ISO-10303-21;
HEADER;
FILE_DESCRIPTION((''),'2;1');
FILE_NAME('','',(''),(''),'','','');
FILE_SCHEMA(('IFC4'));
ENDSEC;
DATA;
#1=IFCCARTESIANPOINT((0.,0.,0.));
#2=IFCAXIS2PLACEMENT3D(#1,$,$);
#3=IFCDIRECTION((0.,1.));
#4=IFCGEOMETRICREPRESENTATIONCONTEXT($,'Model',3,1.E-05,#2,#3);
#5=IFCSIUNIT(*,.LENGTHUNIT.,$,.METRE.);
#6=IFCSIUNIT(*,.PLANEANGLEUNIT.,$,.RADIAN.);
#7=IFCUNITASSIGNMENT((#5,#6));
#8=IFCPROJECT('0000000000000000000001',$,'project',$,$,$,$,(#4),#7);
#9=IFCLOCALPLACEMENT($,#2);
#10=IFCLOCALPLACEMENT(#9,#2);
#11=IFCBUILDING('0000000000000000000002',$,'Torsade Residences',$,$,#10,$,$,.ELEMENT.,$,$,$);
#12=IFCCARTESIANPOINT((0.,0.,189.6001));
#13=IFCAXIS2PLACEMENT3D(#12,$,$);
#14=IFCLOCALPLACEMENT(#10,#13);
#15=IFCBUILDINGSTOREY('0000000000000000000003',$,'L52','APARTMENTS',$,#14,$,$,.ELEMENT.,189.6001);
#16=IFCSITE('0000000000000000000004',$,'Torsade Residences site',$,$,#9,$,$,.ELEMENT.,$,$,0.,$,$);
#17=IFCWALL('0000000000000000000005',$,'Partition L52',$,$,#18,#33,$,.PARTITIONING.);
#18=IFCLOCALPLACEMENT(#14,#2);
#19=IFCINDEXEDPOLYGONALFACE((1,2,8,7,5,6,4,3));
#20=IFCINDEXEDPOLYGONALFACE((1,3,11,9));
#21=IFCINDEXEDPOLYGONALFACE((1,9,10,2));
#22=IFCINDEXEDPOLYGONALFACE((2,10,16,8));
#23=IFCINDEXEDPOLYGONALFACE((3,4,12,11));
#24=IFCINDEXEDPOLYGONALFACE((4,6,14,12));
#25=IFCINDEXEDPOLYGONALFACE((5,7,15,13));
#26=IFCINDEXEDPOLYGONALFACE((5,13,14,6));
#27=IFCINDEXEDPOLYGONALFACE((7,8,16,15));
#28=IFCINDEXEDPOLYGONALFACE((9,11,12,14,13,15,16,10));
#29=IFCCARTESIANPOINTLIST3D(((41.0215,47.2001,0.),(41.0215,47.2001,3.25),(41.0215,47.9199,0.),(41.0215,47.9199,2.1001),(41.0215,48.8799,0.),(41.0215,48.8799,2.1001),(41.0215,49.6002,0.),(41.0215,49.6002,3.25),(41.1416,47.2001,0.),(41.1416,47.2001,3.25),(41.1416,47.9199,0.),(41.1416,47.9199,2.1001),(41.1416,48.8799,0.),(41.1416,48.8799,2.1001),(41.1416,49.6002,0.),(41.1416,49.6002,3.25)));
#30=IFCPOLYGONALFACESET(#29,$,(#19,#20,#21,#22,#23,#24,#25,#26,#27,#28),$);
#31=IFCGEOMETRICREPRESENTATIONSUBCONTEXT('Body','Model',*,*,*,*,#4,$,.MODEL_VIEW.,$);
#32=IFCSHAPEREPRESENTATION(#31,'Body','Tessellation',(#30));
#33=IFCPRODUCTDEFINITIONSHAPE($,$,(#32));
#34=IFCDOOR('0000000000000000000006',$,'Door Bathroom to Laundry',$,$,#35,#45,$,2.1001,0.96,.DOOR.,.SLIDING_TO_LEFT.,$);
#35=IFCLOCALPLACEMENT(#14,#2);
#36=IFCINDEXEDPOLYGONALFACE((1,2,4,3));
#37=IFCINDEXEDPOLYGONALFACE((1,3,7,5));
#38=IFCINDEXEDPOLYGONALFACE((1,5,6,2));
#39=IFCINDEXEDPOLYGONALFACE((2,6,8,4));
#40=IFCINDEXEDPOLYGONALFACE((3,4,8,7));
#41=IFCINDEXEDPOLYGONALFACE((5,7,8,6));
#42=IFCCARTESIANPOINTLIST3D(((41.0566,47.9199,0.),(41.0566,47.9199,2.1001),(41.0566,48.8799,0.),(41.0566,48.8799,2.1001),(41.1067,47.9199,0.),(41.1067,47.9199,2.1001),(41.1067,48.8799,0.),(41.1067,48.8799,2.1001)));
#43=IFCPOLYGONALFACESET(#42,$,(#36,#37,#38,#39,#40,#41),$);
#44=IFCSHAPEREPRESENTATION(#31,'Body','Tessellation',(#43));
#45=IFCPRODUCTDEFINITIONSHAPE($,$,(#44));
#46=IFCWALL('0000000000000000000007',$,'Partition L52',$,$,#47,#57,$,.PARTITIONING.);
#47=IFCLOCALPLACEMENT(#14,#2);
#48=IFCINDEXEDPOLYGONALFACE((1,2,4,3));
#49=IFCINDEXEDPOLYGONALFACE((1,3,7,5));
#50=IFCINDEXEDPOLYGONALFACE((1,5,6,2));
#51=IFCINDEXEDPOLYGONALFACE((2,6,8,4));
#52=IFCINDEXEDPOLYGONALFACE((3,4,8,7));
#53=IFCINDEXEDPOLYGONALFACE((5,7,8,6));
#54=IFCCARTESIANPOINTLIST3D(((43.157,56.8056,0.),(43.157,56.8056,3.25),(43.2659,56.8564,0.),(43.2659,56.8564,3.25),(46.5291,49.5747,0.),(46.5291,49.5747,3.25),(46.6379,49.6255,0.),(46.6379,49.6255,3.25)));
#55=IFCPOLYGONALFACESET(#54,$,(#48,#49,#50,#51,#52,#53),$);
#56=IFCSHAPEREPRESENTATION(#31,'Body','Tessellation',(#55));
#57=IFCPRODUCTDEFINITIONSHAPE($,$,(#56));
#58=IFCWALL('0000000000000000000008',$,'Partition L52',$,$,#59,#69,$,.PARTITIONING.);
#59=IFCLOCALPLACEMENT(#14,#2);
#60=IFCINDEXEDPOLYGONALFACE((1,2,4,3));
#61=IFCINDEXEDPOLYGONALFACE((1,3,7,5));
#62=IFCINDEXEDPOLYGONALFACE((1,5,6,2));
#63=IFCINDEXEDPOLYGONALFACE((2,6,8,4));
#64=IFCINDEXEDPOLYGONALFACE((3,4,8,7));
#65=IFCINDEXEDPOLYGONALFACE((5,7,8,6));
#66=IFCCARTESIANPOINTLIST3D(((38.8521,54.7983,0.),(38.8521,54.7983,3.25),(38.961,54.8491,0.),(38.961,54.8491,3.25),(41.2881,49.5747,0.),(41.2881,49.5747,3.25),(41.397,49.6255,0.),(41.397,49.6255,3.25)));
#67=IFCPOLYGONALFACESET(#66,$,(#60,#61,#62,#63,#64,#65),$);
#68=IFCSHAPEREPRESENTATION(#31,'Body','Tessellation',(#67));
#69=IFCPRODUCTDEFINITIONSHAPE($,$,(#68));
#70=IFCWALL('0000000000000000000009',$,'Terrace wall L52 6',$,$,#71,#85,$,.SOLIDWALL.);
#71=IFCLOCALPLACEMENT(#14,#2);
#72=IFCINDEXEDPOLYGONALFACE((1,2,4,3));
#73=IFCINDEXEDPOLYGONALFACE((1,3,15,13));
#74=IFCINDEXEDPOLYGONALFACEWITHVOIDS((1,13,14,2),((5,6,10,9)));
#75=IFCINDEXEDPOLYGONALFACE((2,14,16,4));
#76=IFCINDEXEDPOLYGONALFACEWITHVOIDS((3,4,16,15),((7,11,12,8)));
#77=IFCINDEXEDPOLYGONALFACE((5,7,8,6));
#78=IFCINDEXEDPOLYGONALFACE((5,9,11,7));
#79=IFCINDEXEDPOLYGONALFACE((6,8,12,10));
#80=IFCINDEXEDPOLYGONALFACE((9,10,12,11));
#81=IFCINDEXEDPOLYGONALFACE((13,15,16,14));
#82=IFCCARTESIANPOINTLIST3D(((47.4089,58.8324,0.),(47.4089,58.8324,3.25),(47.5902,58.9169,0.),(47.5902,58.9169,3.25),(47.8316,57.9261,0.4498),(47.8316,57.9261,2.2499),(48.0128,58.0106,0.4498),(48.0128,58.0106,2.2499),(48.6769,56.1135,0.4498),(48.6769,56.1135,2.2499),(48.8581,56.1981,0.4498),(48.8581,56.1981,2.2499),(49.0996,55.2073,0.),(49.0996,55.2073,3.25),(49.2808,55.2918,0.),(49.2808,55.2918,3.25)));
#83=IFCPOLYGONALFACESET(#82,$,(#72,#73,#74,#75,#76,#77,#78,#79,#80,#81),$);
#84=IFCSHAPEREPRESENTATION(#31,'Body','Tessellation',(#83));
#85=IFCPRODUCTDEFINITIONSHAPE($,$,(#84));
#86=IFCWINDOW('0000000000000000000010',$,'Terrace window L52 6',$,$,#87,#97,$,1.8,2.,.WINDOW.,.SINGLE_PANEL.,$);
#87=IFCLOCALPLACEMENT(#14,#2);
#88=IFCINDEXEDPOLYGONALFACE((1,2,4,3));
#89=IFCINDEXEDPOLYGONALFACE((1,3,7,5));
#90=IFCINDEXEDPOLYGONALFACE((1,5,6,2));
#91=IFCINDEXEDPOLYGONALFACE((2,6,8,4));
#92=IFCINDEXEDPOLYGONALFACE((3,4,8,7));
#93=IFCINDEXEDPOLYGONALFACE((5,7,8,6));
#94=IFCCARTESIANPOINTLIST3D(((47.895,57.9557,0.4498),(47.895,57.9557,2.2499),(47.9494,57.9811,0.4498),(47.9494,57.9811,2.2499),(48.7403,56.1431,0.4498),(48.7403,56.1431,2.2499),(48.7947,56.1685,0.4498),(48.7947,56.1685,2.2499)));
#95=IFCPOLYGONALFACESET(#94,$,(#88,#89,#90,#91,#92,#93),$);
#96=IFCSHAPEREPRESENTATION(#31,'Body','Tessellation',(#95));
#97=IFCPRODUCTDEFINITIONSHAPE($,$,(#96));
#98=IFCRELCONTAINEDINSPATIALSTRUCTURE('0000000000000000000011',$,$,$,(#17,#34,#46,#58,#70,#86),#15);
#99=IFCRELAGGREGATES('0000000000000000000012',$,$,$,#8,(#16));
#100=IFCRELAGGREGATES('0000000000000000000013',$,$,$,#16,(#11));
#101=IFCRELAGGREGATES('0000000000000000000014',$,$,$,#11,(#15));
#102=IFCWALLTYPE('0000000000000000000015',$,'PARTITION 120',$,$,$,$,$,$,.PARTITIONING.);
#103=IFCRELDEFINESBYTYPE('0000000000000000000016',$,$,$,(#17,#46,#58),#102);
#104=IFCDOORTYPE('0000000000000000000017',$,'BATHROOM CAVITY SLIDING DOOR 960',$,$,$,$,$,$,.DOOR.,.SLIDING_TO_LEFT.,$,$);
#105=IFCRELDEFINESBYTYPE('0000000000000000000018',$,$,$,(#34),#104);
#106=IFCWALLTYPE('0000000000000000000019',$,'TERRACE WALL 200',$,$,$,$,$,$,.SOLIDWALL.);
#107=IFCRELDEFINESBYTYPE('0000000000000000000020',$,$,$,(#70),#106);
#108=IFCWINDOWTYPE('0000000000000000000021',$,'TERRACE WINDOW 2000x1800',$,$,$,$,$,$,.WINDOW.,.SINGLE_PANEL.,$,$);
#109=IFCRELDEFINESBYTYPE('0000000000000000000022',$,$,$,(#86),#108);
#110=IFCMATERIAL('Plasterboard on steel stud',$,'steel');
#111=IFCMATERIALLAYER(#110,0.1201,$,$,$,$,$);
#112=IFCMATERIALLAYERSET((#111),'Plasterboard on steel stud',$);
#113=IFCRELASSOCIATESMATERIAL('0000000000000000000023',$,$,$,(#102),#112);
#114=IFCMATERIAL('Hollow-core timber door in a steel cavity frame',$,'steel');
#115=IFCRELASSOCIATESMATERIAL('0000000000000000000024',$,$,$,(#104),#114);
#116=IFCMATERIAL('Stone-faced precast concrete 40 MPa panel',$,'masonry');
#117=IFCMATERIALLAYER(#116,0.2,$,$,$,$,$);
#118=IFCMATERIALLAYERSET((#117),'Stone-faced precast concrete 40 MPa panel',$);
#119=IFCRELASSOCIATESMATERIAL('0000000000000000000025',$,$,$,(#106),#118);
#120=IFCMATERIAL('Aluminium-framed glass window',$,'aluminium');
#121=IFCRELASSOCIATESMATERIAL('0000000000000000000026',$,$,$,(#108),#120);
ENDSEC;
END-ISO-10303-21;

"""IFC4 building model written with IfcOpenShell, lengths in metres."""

from ifc_helpers import new_model, si_unit, direction, frame, frame_2d, origin, place, context, subcontext, project, spatial, rectangle, extrude, material, layer, layer_set, type_object, element, fill, save


model = new_model("IFC4")

# Units and contexts
model_context = context("Model", 3, precision=1e-05, world=origin(), true_north=direction((0.0, 1.0)))
body_context = subcontext(model_context, "Body", "Model", "MODEL_VIEW")
ifc_project = project(units=[si_unit("LENGTHUNIT", "METRE"), si_unit("PLANEANGLEUNIT", "RADIAN")], contexts=[model_context])

# Site, building, storey
site_placement = place(None, origin())
site = spatial("IfcSite", under=ifc_project, at=site_placement, Name="Torsade Residences site", CompositionType="ELEMENT", RefElevation=0.0)
building_placement = place(site_placement, origin())
building = spatial("IfcBuilding", under=site, at=building_placement, Name="Torsade Residences", CompositionType="ELEMENT")
storey_placement = place(building_placement, frame((0.0, 0.0, 189.6001)))
storey = spatial("IfcBuildingStorey", under=building, at=storey_placement, Name="L52", Description="APARTMENTS", CompositionType="ELEMENT", Elevation=189.6001)

# Wall, opening, door
ifc_material_1 = material(Name="Plasterboard on steel stud", Category="steel")
ifc_layer_1 = layer(ifc_material_1, 0.1201)
ifc_layer_set_1 = layer_set([ifc_layer_1], Name="Plasterboard on steel stud")
wall_type_1 = type_object("IfcWallType", Name="PARTITION 120", PredefinedType="PARTITIONING", material=ifc_layer_set_1)
ifc_material_2 = material(Name="Hollow-core timber door in a steel cavity frame", Category="steel")
door_type = type_object("IfcDoorType", Name="BATHROOM CAVITY SLIDING DOOR 960", OperationType="SLIDING_TO_LEFT", PredefinedType="DOOR", material=ifc_material_2)
wall_1_placement = place(storey_placement, frame((41.0815, 47.2, 0.0), z_axis=(0.0, 0.0, 1.0), x_axis=(0.0, 1.0, 0.0)))
wall_1 = element("IfcWall", 1, at=wall_1_placement, inside=storey, type_object=wall_type_1, Name="Partition L52", PredefinedType="PARTITIONING", context=body_context, shape_type="SweptSolid", body=[
    extrude(rectangle(XDim=2.4001, YDim=0.1201, at=frame_2d((1.2002, 0.0))), origin(), (0.0, 0.0, 1.0), 3.25),
])
opening_1_placement = place(wall_1_placement, frame((0.72, 0.0, 0.0)))
opening_1 = element("IfcOpeningElement", 2, at=opening_1_placement, cuts=wall_1, PredefinedType="OPENING", context=body_context, shape_type="SweptSolid", body=[
    extrude(rectangle(XDim=0.96, YDim=2.1001, at=frame_2d((0.48, 1.05))), frame((0.0, 0.0701, 0.0), z_axis=(0.0, -1.0, 0.0), x_axis=(1.0, 0.0, 0.0)), (0.0, 0.0, 1.0), 0.1401),
])
door_1_placement = place(opening_1_placement, origin())
door_1 = element("IfcDoor", 3, at=door_1_placement, inside=storey, type_object=door_type, Name="Door Bathroom to Laundry", OperationType="SLIDING_TO_LEFT", OverallHeight=2.1001, OverallWidth=0.96, PredefinedType="DOOR", context=body_context, shape_type="SweptSolid", body=[
    extrude(rectangle(XDim=0.96, YDim=2.1001, at=frame_2d((0.48, 1.05))), frame((0.0, 0.0249, 0.0), z_axis=(0.0, -1.0, 0.0), x_axis=(1.0, 0.0, 0.0)), (0.0, 0.0, 1.0), 0.05),
])
fill(opening_1, door_1)

# Walls
wall_2_placement = place(storey_placement, frame((46.5835, 49.6001, 0.0), z_axis=(0.0, 0.0, 1.0), x_axis=(-0.422641, 0.906297, 0.0)))
element("IfcWall", 4, at=wall_2_placement, inside=storey, type_object=wall_type_1, Name="Partition L52", PredefinedType="PARTITIONING", context=body_context, shape_type="SweptSolid", body=[
    extrude(rectangle(XDim=7.9785, YDim=0.1201, at=frame_2d((3.9893, 0.0))), origin(), (0.0, 0.0, 1.0), 3.25),
])
wall_3_placement = place(storey_placement, frame((41.3425, 49.6001, 0.0), z_axis=(0.0, 0.0, 1.0), x_axis=(-0.422649, 0.906293, 0.0)))
element("IfcWall", 5, at=wall_3_placement, inside=storey, type_object=wall_type_1, Name="Partition L52", PredefinedType="PARTITIONING", context=body_context, shape_type="SweptSolid", body=[
    extrude(rectangle(XDim=5.7637, YDim=0.1201, at=frame_2d((2.8818, 0.0))), origin(), (0.0, 0.0, 1.0), 3.25),
])

# Wall, opening, window
ifc_material_3 = material(Name="Stone-faced precast concrete 40 MPa panel", Category="masonry")
ifc_layer_2 = layer(ifc_material_3, 0.2)
ifc_layer_set_2 = layer_set([ifc_layer_2], Name="Stone-faced precast concrete 40 MPa panel")
wall_type_2 = type_object("IfcWallType", Name="TERRACE WALL 200", PredefinedType="SOLIDWALL", material=ifc_layer_set_2)
wall_4_placement = place(storey_placement, frame((49.1902, 55.2495, 0.0), z_axis=(0.0, 0.0, 1.0), x_axis=(-0.422658, 0.906289, 0.0)))
wall_4 = element("IfcWall", 6, at=wall_4_placement, inside=storey, type_object=wall_type_2, Name="Terrace wall L52 6", PredefinedType="SOLIDWALL", context=body_context, shape_type="SweptSolid", body=[
    extrude(rectangle(XDim=4.0, YDim=0.2, at=frame_2d((2.0, 0.0))), origin(), (0.0, 0.0, 1.0), 3.25),
])
opening_2_placement = place(wall_4_placement, frame((1.0, 0.0, 0.45)))
opening_2 = element("IfcOpeningElement", 7, at=opening_2_placement, cuts=wall_4, PredefinedType="OPENING", context=body_context, shape_type="SweptSolid", body=[
    extrude(rectangle(XDim=2.0, YDim=1.8, at=frame_2d((1.0, 0.8999))), frame((0.0, 0.1099, 0.0), z_axis=(0.0, -1.0, 0.0), x_axis=(1.0, 0.0, 0.0)), (0.0, 0.0, 1.0), 0.22),
])
ifc_material_4 = material(Name="Aluminium-framed glass window", Category="aluminium")
window_type = type_object("IfcWindowType", Name="TERRACE WINDOW 2000x1800", PartitioningType="SINGLE_PANEL", PredefinedType="WINDOW", material=ifc_material_4)
window_placement = place(opening_2_placement, origin())
window = element("IfcWindow", 8, at=window_placement, inside=storey, type_object=window_type, Name="Terrace window L52 6", OverallHeight=1.8, OverallWidth=2.0, PartitioningType="SINGLE_PANEL", PredefinedType="WINDOW", context=body_context, shape_type="SweptSolid", body=[
    extrude(rectangle(XDim=2.0, YDim=1.8, at=frame_2d((1.0, 0.8999))), frame((0.0, 0.03, 0.0), z_axis=(0.0, -1.0, 0.0), x_axis=(1.0, 0.0, 0.0)), (0.0, 0.0, 1.0), 0.0601),
])
fill(opening_2, window)

save(model, "model.ifc")
